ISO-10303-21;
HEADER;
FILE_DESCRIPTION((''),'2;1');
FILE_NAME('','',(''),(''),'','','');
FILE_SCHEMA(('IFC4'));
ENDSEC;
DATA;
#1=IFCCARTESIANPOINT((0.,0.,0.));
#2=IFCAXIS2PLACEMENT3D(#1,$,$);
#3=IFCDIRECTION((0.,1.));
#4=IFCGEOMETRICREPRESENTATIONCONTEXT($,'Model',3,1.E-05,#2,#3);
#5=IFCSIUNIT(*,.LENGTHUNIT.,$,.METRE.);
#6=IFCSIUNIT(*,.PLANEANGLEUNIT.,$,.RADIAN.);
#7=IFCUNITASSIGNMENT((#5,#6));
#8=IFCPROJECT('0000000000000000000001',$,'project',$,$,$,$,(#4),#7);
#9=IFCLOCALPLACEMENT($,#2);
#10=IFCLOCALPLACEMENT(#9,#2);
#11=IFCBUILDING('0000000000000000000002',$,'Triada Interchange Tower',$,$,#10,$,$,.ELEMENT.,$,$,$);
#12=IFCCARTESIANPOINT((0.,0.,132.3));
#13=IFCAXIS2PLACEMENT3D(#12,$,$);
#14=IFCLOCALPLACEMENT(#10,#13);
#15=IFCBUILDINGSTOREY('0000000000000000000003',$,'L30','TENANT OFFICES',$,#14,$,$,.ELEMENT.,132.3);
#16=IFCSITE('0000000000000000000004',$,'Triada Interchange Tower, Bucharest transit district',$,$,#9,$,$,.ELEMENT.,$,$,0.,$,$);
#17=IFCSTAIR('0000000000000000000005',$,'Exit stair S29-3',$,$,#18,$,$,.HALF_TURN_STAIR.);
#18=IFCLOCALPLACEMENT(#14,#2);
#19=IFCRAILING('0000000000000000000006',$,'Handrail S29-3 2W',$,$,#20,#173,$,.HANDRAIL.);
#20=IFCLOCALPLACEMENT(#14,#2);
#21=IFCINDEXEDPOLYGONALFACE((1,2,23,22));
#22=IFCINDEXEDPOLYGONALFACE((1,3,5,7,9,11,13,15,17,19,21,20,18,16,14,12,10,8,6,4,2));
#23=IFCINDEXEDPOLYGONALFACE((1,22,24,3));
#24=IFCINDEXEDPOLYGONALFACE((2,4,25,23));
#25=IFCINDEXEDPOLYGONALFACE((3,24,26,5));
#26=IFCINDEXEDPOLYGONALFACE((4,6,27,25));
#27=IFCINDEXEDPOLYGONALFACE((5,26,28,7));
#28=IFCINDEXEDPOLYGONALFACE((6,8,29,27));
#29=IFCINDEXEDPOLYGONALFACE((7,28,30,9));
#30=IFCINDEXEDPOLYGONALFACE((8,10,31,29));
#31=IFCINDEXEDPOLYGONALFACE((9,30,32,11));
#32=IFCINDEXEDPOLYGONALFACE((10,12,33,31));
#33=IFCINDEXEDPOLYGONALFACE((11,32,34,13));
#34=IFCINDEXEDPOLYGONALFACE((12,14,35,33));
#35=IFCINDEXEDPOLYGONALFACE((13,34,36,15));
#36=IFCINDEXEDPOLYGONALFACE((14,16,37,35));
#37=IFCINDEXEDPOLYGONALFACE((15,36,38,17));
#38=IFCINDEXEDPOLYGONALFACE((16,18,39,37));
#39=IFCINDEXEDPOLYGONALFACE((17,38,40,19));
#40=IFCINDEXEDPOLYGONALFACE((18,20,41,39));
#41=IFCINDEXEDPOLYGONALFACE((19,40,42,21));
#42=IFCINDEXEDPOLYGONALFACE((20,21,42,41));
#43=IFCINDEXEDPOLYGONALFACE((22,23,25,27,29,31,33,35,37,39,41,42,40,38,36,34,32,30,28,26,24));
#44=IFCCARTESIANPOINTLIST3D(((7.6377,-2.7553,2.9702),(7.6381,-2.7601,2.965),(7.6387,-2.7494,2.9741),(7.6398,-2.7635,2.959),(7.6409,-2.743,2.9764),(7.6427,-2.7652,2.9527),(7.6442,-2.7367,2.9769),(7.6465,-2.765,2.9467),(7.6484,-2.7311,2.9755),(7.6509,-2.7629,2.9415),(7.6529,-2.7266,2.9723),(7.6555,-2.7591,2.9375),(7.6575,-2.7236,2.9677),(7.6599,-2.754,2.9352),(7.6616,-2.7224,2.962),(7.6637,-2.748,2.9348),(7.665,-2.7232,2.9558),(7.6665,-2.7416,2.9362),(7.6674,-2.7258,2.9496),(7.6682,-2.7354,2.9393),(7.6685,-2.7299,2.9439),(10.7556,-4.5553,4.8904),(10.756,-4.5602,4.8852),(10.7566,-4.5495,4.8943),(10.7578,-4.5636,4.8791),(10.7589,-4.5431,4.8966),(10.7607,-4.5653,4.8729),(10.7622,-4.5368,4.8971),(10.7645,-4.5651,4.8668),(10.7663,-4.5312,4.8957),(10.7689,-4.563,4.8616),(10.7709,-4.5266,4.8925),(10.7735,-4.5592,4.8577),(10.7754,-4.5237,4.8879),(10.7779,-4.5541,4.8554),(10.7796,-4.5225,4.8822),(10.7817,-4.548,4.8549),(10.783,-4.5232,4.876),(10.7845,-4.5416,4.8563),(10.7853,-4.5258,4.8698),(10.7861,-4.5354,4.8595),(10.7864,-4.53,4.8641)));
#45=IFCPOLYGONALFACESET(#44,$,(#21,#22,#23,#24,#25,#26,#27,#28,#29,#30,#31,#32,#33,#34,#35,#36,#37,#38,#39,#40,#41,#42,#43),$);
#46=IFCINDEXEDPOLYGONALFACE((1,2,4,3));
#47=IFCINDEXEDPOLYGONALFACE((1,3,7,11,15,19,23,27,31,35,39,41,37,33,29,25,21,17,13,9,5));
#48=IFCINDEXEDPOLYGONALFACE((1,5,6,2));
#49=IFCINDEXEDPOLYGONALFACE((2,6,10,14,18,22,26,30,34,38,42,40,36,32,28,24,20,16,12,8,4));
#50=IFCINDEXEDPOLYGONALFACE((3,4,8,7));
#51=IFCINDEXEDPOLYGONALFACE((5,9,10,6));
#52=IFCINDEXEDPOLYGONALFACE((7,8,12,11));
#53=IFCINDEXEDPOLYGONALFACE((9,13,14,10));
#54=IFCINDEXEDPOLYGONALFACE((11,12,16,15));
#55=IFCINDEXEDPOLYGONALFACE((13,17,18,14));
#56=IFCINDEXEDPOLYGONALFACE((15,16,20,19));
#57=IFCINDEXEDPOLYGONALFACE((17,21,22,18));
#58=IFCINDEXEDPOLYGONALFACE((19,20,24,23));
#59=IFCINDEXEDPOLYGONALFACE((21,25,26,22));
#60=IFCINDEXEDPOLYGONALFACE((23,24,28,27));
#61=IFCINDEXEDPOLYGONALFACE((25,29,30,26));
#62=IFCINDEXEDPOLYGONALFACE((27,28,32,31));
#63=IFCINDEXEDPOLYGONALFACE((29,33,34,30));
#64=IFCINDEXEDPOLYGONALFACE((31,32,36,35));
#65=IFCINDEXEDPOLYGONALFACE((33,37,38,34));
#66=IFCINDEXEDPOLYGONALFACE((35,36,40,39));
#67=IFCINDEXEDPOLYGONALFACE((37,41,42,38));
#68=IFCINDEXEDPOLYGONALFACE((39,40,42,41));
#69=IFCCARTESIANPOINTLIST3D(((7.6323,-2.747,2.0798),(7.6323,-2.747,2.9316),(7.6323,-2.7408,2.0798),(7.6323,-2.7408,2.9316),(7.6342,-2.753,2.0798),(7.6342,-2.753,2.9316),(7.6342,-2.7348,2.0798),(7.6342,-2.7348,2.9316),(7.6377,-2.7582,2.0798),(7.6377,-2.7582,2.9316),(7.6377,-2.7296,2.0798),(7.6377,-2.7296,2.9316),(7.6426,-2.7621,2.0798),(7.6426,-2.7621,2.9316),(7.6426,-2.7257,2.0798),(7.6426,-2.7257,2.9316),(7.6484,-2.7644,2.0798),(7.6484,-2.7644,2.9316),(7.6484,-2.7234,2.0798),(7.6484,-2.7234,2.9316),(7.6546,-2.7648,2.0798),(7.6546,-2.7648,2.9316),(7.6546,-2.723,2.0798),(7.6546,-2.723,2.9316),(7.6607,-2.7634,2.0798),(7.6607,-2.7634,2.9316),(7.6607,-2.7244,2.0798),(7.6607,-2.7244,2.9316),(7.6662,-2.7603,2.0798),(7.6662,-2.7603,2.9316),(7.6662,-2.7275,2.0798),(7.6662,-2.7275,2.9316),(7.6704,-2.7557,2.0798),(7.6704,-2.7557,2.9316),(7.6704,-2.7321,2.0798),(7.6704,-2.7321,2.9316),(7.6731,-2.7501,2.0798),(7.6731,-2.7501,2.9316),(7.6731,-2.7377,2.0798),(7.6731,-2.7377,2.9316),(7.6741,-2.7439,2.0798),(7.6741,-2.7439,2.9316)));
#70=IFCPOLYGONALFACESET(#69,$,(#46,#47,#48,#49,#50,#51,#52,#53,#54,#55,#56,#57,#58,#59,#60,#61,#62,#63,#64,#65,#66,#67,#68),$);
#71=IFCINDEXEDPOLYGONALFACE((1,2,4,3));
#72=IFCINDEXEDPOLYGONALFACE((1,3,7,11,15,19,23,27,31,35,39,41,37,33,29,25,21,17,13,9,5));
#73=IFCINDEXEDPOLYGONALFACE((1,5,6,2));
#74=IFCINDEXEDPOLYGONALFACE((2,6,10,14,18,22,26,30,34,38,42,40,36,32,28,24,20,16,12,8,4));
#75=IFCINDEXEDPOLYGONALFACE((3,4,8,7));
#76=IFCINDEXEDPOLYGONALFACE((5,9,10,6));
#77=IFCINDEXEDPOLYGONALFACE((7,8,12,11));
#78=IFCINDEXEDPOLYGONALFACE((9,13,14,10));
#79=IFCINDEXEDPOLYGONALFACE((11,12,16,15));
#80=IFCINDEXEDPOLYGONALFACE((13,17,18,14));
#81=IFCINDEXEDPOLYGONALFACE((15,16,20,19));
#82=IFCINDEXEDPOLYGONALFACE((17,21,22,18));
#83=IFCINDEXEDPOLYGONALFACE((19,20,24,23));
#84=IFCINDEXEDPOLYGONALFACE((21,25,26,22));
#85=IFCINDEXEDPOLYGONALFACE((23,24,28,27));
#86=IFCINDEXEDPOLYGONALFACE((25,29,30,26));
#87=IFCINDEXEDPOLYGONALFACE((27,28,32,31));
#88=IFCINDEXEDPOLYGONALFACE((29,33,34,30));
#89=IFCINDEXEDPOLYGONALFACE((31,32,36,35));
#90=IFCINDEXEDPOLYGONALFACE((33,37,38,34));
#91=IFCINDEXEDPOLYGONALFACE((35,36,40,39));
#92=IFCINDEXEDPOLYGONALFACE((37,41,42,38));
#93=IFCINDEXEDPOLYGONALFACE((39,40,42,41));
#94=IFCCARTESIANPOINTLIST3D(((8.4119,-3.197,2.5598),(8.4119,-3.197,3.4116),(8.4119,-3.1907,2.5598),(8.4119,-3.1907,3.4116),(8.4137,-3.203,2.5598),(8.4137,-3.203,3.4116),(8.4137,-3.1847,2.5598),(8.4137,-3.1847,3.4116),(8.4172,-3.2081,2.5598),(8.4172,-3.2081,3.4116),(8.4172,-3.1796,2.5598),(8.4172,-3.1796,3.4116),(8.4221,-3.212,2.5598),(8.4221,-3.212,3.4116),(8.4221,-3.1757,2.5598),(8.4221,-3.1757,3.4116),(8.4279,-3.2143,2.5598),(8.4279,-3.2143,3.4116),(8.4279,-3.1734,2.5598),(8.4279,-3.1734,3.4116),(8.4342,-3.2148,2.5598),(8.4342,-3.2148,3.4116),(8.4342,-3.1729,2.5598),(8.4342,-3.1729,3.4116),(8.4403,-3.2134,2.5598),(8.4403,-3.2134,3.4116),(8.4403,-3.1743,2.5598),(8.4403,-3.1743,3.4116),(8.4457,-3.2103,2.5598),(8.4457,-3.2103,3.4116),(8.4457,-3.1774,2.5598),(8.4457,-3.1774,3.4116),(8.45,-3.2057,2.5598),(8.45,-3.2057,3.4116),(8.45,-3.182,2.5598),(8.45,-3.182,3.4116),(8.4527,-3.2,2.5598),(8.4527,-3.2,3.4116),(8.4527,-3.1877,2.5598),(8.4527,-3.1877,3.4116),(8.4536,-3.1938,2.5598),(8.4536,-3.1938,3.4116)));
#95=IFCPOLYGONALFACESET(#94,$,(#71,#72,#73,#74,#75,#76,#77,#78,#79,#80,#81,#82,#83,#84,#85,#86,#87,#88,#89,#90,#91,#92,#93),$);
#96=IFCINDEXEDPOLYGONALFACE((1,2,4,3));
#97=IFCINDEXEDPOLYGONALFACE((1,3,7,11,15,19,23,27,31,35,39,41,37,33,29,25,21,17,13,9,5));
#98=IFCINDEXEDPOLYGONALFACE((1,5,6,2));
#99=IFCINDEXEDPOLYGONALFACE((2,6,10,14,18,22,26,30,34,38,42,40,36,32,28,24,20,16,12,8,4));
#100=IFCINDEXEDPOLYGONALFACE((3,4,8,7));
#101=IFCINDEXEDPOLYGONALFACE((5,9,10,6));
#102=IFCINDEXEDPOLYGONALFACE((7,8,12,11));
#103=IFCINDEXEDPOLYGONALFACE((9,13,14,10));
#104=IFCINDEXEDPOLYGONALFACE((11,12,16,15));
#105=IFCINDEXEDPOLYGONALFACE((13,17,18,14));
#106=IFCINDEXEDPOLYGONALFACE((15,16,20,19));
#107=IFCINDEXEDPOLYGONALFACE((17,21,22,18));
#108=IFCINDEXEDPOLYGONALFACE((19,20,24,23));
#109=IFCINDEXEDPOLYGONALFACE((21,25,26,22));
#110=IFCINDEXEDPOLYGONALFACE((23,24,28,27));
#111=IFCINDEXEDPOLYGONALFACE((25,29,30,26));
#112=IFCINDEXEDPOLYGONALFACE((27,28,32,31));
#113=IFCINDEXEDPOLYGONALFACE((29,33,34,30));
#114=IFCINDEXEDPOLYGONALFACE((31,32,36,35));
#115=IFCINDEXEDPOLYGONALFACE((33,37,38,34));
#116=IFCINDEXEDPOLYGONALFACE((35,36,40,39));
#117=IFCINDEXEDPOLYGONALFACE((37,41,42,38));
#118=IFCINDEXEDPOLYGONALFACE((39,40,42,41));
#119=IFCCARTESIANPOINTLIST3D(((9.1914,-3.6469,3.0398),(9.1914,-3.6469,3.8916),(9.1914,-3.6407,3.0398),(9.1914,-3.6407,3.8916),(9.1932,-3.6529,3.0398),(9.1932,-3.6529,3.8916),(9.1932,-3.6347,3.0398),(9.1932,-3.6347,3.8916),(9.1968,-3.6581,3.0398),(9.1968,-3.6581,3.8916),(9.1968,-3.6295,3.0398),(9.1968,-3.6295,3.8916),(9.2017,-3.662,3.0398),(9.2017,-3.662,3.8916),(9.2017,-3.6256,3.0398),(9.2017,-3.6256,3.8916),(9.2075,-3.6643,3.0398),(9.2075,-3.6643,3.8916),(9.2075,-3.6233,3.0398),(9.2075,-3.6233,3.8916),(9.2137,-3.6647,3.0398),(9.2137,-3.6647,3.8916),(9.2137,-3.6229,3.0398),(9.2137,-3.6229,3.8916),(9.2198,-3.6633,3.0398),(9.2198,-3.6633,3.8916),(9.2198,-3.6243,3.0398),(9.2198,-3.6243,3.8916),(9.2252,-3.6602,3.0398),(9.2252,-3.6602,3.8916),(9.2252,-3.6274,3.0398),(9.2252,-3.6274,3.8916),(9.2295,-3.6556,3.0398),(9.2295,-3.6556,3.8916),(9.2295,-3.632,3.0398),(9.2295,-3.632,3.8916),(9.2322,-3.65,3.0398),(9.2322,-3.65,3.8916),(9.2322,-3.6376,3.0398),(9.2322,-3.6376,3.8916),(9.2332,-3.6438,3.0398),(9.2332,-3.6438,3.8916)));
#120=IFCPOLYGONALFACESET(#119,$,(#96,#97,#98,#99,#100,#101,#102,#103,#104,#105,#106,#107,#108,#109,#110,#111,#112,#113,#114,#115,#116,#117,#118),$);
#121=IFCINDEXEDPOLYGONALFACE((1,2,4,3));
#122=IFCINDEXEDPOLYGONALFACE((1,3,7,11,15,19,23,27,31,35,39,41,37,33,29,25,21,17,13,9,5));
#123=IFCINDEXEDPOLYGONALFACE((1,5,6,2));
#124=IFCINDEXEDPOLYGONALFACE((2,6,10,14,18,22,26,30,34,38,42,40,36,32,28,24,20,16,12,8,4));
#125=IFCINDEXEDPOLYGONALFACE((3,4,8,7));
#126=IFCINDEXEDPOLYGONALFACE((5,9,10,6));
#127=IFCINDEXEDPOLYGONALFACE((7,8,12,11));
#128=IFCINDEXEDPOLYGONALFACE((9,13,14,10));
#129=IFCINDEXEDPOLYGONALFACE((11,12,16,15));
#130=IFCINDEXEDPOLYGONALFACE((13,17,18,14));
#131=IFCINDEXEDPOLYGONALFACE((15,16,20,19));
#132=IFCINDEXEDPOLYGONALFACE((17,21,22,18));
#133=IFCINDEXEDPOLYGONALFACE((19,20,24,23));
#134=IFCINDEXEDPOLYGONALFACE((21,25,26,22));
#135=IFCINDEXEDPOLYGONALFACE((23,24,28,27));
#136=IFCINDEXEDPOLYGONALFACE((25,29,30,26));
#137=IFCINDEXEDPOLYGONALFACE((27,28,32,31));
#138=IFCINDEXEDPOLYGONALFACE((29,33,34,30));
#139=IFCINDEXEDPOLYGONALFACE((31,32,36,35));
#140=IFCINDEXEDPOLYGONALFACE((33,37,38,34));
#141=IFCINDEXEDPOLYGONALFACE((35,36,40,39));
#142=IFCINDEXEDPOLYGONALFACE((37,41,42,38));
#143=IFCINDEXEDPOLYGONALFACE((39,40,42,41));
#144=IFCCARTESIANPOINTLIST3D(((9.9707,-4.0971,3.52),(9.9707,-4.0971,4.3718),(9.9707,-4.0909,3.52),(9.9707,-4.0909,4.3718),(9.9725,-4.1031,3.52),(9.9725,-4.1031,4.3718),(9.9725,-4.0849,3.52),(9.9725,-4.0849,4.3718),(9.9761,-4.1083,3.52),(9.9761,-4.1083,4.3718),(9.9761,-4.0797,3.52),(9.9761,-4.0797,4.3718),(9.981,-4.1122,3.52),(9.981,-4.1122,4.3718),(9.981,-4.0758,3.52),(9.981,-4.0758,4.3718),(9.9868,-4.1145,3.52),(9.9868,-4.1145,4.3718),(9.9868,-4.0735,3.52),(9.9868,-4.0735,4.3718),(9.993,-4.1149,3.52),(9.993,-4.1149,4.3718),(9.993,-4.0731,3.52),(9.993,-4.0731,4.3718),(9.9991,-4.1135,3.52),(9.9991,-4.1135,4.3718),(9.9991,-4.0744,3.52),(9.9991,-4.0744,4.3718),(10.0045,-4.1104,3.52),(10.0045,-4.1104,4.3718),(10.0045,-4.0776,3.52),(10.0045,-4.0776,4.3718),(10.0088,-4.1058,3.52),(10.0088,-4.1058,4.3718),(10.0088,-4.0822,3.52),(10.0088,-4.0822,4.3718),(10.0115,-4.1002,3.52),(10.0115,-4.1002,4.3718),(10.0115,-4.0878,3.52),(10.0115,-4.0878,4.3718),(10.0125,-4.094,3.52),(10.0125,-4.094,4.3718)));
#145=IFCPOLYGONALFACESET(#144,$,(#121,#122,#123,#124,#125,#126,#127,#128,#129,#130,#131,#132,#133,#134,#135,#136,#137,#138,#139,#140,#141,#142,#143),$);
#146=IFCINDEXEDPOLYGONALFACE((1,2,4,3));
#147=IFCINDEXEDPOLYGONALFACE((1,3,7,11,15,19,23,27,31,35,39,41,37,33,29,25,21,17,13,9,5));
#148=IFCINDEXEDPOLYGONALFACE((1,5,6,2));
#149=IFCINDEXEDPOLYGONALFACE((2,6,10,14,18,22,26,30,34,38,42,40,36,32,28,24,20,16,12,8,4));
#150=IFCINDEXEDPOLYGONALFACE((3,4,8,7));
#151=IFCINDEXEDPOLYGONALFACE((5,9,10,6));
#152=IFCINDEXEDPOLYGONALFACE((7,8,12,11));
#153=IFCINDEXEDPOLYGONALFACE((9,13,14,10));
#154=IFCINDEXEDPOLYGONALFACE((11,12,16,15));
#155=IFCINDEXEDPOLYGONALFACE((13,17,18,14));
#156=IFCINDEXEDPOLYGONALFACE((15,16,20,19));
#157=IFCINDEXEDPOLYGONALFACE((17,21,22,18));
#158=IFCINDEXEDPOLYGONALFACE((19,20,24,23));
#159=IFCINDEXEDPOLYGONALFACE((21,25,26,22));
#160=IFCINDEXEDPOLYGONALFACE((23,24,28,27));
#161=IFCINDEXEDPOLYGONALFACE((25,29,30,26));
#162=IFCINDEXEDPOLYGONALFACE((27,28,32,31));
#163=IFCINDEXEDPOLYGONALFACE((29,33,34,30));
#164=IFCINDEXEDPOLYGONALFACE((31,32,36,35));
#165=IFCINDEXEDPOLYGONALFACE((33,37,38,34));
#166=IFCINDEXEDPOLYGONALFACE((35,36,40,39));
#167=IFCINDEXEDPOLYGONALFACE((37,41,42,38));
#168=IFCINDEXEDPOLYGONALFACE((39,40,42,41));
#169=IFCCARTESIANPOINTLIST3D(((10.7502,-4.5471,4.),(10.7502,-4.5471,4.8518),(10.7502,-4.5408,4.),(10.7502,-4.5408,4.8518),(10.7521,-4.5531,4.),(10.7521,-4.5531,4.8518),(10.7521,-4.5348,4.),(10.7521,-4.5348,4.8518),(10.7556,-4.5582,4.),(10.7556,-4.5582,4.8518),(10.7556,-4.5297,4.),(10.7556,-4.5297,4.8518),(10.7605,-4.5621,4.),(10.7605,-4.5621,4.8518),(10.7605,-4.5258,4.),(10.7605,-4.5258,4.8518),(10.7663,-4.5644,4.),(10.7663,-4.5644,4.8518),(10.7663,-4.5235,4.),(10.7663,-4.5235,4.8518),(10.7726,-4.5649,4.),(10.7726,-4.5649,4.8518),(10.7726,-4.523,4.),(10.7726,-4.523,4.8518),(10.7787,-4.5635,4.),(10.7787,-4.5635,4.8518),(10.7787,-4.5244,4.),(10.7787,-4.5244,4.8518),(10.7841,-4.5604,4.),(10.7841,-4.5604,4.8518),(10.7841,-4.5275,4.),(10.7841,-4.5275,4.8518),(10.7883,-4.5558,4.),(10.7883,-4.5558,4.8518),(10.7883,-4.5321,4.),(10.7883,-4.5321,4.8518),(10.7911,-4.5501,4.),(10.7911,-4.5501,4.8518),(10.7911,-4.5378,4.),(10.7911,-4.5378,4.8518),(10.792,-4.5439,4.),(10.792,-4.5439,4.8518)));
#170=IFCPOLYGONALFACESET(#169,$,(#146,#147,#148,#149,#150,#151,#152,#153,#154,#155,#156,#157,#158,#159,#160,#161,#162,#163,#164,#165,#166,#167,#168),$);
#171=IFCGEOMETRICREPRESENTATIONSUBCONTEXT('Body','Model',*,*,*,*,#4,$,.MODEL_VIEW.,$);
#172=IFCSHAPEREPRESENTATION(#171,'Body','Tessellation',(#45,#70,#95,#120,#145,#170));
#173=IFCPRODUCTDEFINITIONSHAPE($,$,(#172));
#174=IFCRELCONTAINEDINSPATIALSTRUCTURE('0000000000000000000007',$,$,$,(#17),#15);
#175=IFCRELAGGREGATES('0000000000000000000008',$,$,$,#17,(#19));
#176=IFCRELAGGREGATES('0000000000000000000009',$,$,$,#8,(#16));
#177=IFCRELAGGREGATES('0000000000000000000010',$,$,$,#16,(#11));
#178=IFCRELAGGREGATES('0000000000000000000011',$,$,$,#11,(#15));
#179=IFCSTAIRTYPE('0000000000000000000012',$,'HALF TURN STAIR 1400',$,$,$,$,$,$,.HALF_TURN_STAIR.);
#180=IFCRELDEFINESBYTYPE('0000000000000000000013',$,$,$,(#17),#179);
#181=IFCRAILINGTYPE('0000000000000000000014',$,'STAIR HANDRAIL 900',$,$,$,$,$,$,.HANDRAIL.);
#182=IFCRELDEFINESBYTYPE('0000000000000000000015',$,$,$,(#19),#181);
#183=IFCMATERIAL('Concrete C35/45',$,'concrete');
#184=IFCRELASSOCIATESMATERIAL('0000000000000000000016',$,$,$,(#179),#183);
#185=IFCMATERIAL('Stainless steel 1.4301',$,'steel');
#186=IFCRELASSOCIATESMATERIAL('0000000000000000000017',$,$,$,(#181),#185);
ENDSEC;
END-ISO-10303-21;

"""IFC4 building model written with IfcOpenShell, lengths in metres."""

from ifc_helpers import new_model, si_unit, direction, frame, origin, origin_2d, place, context, subcontext, project, spatial, circle, extrude, material, type_object, element, aggregate, save


model = new_model("IFC4")

# Units and contexts
model_context = context("Model", 3, precision=1e-05, world=origin(), true_north=direction((0.0, 1.0)))
body_context = subcontext(model_context, "Body", "Model", "MODEL_VIEW")
ifc_project = project(units=[si_unit("LENGTHUNIT", "METRE"), si_unit("PLANEANGLEUNIT", "RADIAN")], contexts=[model_context])

# Site, building, storey
site_placement = place(None, origin())
site = spatial("IfcSite", under=ifc_project, at=site_placement, Name="Triada Interchange Tower, Bucharest transit district", CompositionType="ELEMENT", RefElevation=0.0)
building_placement = place(site_placement, origin())
building = spatial("IfcBuilding", under=site, at=building_placement, Name="Triada Interchange Tower", CompositionType="ELEMENT")
storey_placement = place(building_placement, frame((0.0, 0.0, 132.3)))
storey = spatial("IfcBuildingStorey", under=building, at=storey_placement, Name="L30", Description="TENANT OFFICES", CompositionType="ELEMENT", Elevation=132.3)

# Stair, railing
ifc_material_1 = material(Name="Concrete C35/45", Category="concrete")
stair_type = type_object("IfcStairType", Name="HALF TURN STAIR 1400", PredefinedType="HALF_TURN_STAIR", material=ifc_material_1)
stair_placement = place(storey_placement, origin())
stair = element("IfcStair", 1, at=stair_placement, inside=storey, type_object=stair_type, Name="Exit stair S29-3", PredefinedType="HALF_TURN_STAIR")
ifc_material_2 = material(Name="Stainless steel 1.4301", Category="steel")
railing_type = type_object("IfcRailingType", Name="STAIR HANDRAIL 900", PredefinedType="HANDRAIL", material=ifc_material_2)
railing_1_placement = place(storey_placement, frame((7.6531, -2.7439, 2.0798)))
railing_1 = element("IfcRailing", 2, at=railing_1_placement, type_object=railing_type, Name="Handrail S29-3 2W", PredefinedType="HANDRAIL", context=body_context, shape_type="SweptSolid", body=[
    extrude(circle(Radius=0.0239, at=origin_2d()), frame((0.0, 0.0, 0.876), z_axis=(0.764145, -0.441159, 0.470597), x_axis=(0.499983, 0.866035, 0.0)), (0.0, 0.0, 1.0), 4.0803),
    extrude(circle(Radius=0.021, at=origin_2d()), origin(), (0.0, 0.0, 1.0), 0.8518),
    extrude(circle(Radius=0.021, at=origin_2d()), frame((0.7795, -0.45, 0.48)), (0.0, 0.0, 1.0), 0.8518),
    extrude(circle(Radius=0.021, at=origin_2d()), frame((1.5591, -0.8999, 0.96)), (0.0, 0.0, 1.0), 0.8518),
    extrude(circle(Radius=0.021, at=origin_2d()), frame((2.3384, -1.3501, 1.4402)), (0.0, 0.0, 1.0), 0.8518),
    extrude(circle(Radius=0.021, at=origin_2d()), frame((3.1179, -1.8, 1.9202)), (0.0, 0.0, 1.0), 0.8518),
])
aggregate(stair, [railing_1])

save(model, "model.ifc")
